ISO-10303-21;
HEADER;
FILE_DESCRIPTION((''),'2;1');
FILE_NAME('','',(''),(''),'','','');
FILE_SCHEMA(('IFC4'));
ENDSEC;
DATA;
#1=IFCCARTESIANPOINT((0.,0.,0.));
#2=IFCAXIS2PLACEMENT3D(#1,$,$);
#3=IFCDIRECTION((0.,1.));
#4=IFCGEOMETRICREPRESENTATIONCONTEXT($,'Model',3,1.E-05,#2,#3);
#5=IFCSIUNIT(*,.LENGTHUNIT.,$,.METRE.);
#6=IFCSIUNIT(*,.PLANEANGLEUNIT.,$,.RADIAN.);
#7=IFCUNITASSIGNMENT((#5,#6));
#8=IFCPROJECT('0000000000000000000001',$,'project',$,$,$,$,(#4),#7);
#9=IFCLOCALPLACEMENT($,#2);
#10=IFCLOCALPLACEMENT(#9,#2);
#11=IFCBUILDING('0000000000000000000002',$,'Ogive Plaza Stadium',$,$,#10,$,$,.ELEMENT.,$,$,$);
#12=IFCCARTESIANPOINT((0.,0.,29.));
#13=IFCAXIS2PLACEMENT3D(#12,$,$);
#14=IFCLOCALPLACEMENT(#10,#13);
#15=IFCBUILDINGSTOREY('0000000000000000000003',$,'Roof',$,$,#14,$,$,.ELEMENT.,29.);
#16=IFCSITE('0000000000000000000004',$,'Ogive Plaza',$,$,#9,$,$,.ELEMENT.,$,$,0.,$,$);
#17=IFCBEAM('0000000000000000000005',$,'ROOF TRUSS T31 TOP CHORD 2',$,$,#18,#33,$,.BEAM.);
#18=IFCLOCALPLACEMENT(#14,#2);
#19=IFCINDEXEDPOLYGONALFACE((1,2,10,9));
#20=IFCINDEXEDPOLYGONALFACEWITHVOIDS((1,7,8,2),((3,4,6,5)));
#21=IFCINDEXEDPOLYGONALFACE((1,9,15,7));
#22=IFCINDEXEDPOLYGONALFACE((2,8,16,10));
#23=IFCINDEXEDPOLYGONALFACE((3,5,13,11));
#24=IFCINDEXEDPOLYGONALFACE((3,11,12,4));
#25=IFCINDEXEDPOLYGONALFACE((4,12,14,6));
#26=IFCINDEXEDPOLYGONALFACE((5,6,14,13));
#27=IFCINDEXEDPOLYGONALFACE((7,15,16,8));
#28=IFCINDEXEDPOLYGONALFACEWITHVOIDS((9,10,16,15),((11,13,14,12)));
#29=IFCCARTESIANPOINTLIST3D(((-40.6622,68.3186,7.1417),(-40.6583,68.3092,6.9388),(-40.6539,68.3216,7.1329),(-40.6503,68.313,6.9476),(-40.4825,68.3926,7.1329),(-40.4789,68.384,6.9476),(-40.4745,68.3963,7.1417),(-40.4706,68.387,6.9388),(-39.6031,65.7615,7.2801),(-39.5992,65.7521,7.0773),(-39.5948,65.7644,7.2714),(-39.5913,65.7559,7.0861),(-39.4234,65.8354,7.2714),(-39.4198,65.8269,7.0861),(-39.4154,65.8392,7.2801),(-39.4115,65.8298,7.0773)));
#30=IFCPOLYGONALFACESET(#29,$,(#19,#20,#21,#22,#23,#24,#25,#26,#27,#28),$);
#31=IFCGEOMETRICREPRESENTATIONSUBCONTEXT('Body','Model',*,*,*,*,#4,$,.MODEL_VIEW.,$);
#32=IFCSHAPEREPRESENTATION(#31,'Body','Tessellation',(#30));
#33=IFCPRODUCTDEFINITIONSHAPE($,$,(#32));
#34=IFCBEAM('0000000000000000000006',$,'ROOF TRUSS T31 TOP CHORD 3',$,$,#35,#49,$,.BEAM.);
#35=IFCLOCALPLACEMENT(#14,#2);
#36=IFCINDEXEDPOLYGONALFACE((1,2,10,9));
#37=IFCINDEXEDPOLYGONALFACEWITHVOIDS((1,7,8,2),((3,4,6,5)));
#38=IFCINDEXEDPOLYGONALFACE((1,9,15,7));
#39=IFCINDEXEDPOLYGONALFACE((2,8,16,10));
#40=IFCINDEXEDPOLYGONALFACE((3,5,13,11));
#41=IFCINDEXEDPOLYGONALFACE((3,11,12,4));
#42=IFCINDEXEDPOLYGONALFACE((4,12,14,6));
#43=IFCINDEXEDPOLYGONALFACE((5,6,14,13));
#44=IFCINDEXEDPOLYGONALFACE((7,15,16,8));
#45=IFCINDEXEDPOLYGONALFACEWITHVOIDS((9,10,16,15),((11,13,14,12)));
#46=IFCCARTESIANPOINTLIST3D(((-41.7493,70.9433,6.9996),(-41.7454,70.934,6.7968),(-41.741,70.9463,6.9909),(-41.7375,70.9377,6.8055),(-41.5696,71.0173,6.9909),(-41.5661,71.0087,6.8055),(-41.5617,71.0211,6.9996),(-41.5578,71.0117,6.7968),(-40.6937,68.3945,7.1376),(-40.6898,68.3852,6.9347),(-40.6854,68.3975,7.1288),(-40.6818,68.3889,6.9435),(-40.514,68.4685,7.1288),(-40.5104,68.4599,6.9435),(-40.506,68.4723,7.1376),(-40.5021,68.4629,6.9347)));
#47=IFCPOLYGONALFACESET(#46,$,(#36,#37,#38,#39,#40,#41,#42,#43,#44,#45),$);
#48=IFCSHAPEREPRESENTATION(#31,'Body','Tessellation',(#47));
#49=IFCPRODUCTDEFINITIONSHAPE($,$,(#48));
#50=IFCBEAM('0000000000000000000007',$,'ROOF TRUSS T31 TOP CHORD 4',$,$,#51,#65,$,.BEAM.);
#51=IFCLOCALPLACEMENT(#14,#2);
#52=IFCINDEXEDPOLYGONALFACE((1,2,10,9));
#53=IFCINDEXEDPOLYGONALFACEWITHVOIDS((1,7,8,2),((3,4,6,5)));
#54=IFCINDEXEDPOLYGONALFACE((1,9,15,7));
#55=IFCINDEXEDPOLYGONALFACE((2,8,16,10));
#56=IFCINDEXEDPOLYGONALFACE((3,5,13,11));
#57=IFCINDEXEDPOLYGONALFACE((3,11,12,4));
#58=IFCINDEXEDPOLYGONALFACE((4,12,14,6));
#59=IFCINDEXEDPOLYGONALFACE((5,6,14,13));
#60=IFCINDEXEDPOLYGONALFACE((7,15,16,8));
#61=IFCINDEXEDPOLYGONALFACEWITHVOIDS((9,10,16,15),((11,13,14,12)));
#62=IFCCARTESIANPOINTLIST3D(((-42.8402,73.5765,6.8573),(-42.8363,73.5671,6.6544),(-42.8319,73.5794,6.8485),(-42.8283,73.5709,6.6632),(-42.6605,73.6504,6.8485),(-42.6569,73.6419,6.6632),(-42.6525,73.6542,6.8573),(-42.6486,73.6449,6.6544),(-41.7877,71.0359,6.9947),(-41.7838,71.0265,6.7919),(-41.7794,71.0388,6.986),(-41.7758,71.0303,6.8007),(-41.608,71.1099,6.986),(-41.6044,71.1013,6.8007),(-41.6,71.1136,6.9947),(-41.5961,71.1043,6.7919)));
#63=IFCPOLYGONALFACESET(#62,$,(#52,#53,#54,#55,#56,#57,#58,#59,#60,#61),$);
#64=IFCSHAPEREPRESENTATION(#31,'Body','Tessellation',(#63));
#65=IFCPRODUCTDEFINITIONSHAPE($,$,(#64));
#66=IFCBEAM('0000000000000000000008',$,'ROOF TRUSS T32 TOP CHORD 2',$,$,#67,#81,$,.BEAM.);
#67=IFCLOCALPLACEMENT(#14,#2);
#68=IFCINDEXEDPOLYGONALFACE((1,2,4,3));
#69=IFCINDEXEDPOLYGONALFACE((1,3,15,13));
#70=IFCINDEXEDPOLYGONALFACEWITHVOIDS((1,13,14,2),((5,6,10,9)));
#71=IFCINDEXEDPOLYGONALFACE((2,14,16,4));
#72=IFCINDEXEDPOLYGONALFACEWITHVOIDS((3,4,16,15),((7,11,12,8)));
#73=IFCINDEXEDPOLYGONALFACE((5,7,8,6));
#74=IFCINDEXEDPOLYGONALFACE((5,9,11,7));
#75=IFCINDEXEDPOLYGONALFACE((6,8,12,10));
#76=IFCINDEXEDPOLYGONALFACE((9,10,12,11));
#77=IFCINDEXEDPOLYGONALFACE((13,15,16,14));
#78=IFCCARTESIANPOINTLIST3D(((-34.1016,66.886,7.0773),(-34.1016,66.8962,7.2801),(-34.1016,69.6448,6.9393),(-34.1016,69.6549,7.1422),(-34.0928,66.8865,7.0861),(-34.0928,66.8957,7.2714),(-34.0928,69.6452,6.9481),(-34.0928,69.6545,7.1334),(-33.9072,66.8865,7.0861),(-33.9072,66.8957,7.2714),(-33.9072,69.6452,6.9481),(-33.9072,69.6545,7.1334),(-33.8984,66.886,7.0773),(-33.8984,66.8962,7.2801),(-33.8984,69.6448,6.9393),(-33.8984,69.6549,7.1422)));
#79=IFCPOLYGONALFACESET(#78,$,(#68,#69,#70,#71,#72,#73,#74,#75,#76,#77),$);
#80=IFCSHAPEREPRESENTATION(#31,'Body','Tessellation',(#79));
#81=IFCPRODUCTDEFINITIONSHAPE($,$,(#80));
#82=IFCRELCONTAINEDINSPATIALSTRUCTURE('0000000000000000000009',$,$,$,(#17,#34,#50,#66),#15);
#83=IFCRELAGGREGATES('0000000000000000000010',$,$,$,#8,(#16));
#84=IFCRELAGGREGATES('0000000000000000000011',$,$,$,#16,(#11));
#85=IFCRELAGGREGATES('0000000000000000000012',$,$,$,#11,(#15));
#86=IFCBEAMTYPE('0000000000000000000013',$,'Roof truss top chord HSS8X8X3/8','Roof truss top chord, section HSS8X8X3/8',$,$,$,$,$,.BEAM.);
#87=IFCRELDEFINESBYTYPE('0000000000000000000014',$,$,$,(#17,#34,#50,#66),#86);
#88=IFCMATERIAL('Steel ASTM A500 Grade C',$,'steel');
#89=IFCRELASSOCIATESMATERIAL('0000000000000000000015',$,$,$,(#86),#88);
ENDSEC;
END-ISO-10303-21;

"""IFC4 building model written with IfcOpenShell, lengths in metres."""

from ifc_helpers import new_model, si_unit, direction, frame, origin, origin_2d, place, context, subcontext, project, spatial, hollow_rectangle, extrude, material, material_profile, profile_set, type_object, element, save


model = new_model("IFC4")

# Units and contexts
model_context = context("Model", 3, precision=1e-05, world=origin(), true_north=direction((0.0, 1.0)))
body_context = subcontext(model_context, "Body", "Model", "MODEL_VIEW")
ifc_project = project(units=[si_unit("LENGTHUNIT", "METRE"), si_unit("PLANEANGLEUNIT", "RADIAN")], contexts=[model_context])

# Site, building, storey
site_placement = place(None, origin())
site = spatial("IfcSite", under=ifc_project, at=site_placement, Name="Ogive Plaza", CompositionType="ELEMENT", RefElevation=0.0)
building_placement = place(site_placement, origin())
building = spatial("IfcBuilding", under=site, at=building_placement, Name="Ogive Plaza Stadium", CompositionType="ELEMENT")
storey_placement = place(building_placement, frame((0.0, 0.0, 29.0)))
storey = spatial("IfcBuildingStorey", under=building, at=storey_placement, Name="Roof", CompositionType="ELEMENT", Elevation=29.0)

# Beams
ifc_material_1 = material(Name="Steel ASTM A500 Grade C", Category="steel")
ifc_material_profile_1 = material_profile(ifc_material_1, hollow_rectangle(XDim=0.2031, YDim=0.2031, WallThickness=0.0088, at=origin_2d()), Name="HSS8X8X3/8")
ifc_profile_set_1 = profile_set([ifc_material_profile_1], Name="Steel ASTM A500 Grade C")
beam_type_1 = type_object("IfcBeamType", Name="Roof truss top chord HSS8X8X3/8", Description="Roof truss top chord, section HSS8X8X3/8", PredefinedType="BEAM", material=ifc_profile_set_1)
beam_1_placement = place(storey_placement, frame((-39.5073, 65.7957, 7.1787), z_axis=(-0.38217, 0.922741, -0.049952), x_axis=(-0.923894, -0.382648, 0.0)))
element("IfcBeam", 1, at=beam_1_placement, inside=storey, type_object=beam_type_1, Name="ROOF TRUSS T31 TOP CHORD 2", PredefinedType="BEAM", context=body_context, shape_type="SweptSolid", body=[
    extrude(hollow_rectangle(XDim=0.2031, YDim=0.2031, WallThickness=0.0088, at=origin_2d()), origin(), (0.0, 0.0, 1.0), 2.7712),
])
beam_2_placement = place(storey_placement, frame((-40.5979, 68.4287, 7.0361), z_axis=(-0.382177, 0.922739, -0.049938), x_axis=(-0.923892, -0.382654, 0.0)))
element("IfcBeam", 2, at=beam_2_placement, inside=storey, type_object=beam_type_1, Name="ROOF TRUSS T31 TOP CHORD 3", PredefinedType="BEAM", context=body_context, shape_type="SweptSolid", body=[
    extrude(hollow_rectangle(XDim=0.2031, YDim=0.2031, WallThickness=0.0088, at=origin_2d()), origin(), (0.0, 0.0, 1.0), 2.7622),
])
beam_3_placement = place(storey_placement, frame((-41.6919, 71.0701, 6.8933), z_axis=(-0.382259, 0.922706, -0.049922), x_axis=(-0.923858, -0.382736, 0.0)))
element("IfcBeam", 3, at=beam_3_placement, inside=storey, type_object=beam_type_1, Name="ROOF TRUSS T31 TOP CHORD 4", PredefinedType="BEAM", context=body_context, shape_type="SweptSolid", body=[
    extrude(hollow_rectangle(XDim=0.2031, YDim=0.2031, WallThickness=0.0088, at=origin_2d()), origin(), (0.0, 0.0, 1.0), 2.7534),
])
beam_4_placement = place(storey_placement, frame((-34.0, 66.8911, 7.1787), z_axis=(0.0, 0.998752, -0.049938), x_axis=(-1.0, 0.0, 0.0)))
element("IfcBeam", 4, at=beam_4_placement, inside=storey, type_object=beam_type_1, Name="ROOF TRUSS T32 TOP CHORD 2", PredefinedType="BEAM", context=body_context, shape_type="SweptSolid", body=[
    extrude(hollow_rectangle(XDim=0.2031, YDim=0.2031, WallThickness=0.0088, at=origin_2d()), origin(), (0.0, 0.0, 1.0), 2.7622),
])

save(model, "model.ifc")
